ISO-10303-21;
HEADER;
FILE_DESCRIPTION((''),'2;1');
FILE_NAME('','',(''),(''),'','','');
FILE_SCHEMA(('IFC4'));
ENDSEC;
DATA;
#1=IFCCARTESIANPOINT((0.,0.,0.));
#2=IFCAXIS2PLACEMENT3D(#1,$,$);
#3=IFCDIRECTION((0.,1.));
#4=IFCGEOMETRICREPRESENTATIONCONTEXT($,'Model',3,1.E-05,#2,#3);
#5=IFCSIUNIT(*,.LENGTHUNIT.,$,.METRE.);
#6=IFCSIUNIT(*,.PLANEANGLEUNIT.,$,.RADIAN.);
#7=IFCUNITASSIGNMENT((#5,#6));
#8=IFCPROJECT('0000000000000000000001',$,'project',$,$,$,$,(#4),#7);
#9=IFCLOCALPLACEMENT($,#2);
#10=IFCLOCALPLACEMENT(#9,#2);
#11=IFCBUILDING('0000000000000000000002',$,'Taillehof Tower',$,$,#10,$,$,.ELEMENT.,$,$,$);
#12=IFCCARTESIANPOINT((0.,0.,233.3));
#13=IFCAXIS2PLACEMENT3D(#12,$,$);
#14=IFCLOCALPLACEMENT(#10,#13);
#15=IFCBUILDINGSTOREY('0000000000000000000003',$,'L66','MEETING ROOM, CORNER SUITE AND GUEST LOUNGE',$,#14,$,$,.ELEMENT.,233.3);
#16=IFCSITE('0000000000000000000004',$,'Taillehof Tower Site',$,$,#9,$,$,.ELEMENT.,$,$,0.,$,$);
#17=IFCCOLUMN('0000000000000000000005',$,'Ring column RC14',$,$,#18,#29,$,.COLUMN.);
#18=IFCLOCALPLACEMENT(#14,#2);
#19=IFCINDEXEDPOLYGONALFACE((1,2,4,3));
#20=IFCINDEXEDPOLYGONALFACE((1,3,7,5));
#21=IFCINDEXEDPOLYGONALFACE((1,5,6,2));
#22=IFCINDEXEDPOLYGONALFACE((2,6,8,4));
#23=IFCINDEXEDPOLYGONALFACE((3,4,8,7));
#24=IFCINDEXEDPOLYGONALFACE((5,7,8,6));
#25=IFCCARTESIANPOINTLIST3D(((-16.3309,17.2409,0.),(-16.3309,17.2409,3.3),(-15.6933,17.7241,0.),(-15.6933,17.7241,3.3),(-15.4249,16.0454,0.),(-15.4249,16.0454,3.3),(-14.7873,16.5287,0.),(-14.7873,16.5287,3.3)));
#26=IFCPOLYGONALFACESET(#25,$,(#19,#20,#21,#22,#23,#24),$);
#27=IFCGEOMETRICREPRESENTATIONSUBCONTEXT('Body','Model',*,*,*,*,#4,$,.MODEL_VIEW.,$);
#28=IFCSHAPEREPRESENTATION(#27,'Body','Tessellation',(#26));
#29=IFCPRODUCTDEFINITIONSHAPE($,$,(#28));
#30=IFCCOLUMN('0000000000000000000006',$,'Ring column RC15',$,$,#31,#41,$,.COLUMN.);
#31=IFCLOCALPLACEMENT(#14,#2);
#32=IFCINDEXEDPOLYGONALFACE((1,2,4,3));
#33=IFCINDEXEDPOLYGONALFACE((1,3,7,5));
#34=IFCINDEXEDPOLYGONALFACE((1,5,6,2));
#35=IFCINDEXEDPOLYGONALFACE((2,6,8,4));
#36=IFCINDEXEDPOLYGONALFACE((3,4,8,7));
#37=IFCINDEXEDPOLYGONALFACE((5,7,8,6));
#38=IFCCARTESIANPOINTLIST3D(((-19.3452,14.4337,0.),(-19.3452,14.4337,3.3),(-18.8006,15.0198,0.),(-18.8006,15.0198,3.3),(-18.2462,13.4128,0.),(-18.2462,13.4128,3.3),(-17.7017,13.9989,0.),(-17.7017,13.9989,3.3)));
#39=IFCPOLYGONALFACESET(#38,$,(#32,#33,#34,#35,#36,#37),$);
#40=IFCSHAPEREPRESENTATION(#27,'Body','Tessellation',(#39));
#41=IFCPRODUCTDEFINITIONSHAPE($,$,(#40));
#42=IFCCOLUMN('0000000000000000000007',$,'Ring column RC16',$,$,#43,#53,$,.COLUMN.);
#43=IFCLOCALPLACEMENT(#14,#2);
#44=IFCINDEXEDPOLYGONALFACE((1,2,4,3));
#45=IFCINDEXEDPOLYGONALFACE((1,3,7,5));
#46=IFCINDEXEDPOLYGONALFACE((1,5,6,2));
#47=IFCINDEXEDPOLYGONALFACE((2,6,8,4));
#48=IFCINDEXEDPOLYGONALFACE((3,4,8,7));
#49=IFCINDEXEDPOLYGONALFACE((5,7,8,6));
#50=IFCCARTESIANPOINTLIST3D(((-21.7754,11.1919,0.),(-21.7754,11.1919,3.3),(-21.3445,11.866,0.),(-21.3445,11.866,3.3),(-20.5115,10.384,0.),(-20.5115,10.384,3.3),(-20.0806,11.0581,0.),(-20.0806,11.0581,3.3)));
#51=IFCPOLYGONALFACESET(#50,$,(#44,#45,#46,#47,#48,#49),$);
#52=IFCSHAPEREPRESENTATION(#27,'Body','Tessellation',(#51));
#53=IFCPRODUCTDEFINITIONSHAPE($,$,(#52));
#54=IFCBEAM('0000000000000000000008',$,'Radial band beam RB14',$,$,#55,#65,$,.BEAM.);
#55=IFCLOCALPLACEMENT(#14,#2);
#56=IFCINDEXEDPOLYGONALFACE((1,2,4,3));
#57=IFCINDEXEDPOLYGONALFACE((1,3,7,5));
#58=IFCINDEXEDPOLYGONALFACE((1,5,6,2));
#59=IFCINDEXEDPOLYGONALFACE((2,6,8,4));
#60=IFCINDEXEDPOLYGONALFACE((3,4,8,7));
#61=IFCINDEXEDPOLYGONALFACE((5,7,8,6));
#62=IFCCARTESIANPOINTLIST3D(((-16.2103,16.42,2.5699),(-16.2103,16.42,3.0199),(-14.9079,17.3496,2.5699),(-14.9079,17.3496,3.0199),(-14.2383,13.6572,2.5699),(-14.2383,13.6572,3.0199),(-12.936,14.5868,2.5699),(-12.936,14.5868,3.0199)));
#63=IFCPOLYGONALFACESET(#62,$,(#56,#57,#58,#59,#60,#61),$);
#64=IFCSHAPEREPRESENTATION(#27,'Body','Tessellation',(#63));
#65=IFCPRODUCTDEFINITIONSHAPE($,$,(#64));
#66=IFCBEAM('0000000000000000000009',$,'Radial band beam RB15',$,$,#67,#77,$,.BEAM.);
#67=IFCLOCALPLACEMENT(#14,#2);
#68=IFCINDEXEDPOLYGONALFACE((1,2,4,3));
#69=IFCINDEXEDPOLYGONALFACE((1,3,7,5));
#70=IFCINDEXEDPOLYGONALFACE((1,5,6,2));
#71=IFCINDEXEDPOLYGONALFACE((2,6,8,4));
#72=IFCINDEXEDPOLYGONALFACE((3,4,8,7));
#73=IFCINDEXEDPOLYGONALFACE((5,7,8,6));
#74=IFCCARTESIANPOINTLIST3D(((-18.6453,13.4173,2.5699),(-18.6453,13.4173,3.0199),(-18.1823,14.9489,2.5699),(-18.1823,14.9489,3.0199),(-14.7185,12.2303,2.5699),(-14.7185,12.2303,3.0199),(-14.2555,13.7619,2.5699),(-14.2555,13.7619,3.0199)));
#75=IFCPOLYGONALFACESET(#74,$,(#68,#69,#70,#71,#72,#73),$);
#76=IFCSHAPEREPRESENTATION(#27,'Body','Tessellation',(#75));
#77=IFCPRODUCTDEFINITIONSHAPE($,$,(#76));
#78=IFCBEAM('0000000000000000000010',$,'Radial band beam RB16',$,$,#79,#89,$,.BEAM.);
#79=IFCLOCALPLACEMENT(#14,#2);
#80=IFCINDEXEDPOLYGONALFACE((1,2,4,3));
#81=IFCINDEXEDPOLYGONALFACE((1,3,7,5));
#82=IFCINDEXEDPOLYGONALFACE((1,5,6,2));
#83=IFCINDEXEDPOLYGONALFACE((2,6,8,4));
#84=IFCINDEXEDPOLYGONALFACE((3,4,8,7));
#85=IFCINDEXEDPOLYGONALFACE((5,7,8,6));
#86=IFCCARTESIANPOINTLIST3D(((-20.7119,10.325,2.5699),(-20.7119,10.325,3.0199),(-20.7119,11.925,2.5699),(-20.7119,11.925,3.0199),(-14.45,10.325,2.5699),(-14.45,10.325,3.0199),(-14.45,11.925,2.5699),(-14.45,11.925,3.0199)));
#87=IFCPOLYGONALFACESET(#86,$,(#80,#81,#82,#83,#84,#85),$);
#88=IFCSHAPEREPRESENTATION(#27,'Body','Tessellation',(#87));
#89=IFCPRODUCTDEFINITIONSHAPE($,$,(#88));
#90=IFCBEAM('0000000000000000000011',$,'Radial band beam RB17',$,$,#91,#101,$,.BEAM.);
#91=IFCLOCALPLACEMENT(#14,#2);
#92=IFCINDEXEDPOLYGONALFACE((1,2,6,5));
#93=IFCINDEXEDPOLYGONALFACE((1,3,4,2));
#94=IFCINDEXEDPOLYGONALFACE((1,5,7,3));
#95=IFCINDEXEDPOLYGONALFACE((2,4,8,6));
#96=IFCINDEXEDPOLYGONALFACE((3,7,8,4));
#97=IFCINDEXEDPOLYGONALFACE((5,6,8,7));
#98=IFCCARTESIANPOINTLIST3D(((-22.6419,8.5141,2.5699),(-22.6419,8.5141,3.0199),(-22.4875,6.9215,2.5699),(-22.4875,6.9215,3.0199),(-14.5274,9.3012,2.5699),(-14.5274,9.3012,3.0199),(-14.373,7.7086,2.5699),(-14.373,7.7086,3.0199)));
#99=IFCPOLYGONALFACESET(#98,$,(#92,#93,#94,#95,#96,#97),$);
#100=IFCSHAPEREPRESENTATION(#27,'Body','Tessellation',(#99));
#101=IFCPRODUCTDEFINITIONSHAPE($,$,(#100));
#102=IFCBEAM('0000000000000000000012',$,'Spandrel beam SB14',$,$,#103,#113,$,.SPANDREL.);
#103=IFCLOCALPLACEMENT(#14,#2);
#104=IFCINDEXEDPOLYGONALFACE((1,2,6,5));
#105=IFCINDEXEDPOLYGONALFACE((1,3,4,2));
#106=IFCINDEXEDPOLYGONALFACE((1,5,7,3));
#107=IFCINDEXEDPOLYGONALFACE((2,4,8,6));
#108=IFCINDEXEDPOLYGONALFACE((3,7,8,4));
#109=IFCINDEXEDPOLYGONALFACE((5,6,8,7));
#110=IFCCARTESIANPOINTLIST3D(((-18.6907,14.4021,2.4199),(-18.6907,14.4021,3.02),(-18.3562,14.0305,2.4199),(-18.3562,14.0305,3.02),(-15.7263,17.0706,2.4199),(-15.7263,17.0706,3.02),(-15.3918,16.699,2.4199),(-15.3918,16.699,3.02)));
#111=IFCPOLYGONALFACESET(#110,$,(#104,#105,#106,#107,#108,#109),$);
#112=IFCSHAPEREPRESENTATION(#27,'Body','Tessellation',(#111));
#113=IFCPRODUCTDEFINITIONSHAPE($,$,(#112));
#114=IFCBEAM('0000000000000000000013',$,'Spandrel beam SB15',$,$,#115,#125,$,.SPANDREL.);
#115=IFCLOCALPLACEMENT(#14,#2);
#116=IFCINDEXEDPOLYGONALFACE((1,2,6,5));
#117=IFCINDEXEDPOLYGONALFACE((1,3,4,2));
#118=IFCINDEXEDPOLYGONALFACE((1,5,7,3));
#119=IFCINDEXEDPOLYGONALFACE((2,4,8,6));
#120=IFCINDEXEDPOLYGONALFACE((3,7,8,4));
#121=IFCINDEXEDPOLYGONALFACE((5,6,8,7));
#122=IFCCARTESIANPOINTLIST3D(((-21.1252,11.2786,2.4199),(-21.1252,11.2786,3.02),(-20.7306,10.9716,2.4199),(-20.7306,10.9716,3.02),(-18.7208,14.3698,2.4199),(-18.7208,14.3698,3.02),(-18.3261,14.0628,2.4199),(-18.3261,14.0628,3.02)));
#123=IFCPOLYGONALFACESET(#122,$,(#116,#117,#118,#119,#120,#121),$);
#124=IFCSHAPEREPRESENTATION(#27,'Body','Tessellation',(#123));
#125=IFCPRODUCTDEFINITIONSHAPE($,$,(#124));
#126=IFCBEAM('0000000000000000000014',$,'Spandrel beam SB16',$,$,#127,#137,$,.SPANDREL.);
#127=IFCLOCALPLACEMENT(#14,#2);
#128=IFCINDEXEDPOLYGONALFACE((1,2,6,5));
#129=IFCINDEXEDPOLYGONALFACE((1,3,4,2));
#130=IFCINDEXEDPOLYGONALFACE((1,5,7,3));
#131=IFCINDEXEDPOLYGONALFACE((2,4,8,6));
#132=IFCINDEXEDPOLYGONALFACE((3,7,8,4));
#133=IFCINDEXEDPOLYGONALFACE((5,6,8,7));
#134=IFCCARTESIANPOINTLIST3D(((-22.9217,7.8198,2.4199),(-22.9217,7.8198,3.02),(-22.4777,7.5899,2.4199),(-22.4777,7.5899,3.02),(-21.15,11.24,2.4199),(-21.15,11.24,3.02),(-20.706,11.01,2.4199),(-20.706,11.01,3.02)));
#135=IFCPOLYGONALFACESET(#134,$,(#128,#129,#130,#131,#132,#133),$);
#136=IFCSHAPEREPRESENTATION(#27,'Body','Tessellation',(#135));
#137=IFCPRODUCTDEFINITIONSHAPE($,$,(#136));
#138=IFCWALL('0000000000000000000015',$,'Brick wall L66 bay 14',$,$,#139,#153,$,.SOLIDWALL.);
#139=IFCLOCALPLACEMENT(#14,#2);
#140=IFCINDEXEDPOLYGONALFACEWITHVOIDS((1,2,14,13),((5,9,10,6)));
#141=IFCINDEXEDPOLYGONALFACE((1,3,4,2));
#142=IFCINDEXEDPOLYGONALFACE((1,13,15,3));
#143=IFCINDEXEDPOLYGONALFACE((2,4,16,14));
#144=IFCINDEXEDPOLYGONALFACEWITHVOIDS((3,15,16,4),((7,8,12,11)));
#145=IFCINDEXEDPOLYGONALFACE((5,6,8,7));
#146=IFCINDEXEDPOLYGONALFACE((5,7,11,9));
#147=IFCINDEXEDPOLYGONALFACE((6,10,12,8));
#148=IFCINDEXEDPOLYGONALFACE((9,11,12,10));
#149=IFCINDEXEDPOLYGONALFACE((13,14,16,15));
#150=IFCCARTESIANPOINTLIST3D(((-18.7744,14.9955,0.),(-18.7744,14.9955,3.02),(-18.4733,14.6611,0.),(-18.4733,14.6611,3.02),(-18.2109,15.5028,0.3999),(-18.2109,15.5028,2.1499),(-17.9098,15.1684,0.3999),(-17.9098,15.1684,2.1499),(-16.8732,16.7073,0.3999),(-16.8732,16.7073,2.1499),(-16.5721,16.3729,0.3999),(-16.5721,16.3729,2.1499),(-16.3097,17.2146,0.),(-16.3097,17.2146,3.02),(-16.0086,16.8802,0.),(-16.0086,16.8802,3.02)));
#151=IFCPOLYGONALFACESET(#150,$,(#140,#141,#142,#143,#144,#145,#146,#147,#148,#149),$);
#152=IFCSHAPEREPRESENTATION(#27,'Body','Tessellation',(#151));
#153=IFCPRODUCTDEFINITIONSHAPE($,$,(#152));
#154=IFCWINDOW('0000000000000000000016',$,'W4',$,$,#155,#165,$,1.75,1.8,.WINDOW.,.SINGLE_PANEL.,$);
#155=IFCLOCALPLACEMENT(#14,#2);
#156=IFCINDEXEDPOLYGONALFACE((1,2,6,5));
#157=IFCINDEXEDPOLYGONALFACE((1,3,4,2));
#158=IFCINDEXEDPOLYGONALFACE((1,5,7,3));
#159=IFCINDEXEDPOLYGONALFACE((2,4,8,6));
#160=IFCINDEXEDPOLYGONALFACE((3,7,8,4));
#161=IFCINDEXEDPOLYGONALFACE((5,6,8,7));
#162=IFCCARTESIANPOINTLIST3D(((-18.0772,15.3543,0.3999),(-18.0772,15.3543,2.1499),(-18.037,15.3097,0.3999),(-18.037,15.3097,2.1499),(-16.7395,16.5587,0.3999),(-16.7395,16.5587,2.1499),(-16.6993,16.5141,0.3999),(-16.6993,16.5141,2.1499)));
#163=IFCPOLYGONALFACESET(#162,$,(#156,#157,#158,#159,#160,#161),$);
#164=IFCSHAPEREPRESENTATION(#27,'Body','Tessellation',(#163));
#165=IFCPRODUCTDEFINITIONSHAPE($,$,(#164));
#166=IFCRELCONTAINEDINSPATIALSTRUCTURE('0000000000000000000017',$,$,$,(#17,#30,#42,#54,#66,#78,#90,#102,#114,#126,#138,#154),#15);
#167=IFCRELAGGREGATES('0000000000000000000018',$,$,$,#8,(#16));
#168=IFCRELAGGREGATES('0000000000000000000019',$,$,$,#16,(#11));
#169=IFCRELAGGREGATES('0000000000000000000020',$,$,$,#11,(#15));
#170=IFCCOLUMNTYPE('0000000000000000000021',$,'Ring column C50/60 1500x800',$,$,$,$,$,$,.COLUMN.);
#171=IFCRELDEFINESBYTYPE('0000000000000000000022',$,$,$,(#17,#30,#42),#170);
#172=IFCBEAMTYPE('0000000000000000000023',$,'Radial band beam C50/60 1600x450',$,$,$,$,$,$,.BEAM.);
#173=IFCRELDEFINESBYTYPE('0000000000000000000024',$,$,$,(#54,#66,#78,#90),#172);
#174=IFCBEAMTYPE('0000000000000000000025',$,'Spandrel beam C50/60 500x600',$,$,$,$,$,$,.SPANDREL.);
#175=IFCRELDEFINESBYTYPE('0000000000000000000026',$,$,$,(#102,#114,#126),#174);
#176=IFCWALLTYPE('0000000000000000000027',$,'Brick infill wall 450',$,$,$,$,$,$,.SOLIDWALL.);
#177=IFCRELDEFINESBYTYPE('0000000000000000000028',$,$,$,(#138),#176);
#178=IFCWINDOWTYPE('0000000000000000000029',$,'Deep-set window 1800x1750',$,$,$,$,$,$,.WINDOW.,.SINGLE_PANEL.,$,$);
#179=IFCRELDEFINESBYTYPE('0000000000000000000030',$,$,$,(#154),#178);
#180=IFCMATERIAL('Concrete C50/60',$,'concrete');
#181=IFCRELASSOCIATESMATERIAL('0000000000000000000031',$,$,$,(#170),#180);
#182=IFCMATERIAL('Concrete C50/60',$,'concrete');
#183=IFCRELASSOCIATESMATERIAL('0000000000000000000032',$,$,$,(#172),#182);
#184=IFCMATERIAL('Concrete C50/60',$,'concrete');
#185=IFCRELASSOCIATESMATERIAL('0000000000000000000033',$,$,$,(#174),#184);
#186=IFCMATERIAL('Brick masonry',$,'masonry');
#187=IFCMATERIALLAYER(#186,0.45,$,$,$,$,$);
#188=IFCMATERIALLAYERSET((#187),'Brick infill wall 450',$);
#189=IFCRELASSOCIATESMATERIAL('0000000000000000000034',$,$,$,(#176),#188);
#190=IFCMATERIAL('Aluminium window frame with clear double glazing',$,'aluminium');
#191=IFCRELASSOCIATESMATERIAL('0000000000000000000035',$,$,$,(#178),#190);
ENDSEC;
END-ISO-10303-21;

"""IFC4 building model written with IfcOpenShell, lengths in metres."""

from ifc_helpers import new_model, si_unit, direction, frame, frame_2d, origin, origin_2d, place, context, subcontext, project, spatial, rectangle, extrude, material, layer, layer_set, material_profile, profile_set, type_object, element, fill, save


model = new_model("IFC4")

# Units and contexts
model_context = context("Model", 3, precision=1e-05, world=origin(), true_north=direction((0.0, 1.0)))
body_context = subcontext(model_context, "Body", "Model", "MODEL_VIEW")
ifc_project = project(units=[si_unit("LENGTHUNIT", "METRE"), si_unit("PLANEANGLEUNIT", "RADIAN")], contexts=[model_context])

# Site, building, storey
site_placement = place(None, origin())
site = spatial("IfcSite", under=ifc_project, at=site_placement, Name="Taillehof Tower Site", CompositionType="ELEMENT", RefElevation=0.0)
building_placement = place(site_placement, origin())
building = spatial("IfcBuilding", under=site, at=building_placement, Name="Taillehof Tower", CompositionType="ELEMENT")
storey_placement = place(building_placement, frame((0.0, 0.0, 233.3)))
storey = spatial("IfcBuildingStorey", under=building, at=storey_placement, Name="L66", Description="MEETING ROOM, CORNER SUITE AND GUEST LOUNGE", CompositionType="ELEMENT", Elevation=233.3)

# Columns
ifc_material_1 = material(Name="Concrete C50/60", Category="concrete")
ifc_material_profile_1 = material_profile(ifc_material_1, rectangle(XDim=1.5, YDim=0.8, at=origin_2d()), Name="RC 1500x800")
ifc_profile_set_1 = profile_set([ifc_material_profile_1], Name="Concrete C50/60")
column_type = type_object("IfcColumnType", Name="Ring column C50/60 1500x800", PredefinedType="COLUMN", material=ifc_profile_set_1)
for number, where, z_axis, x_axis, name in (
    (1, (-15.5591, 16.8848, 0.0), (0.0, 0.0, 1.0), (-0.60402, 0.796969, 0.0), "Ring column RC14"),
    (2, (-18.5234, 14.2163, 0.0), (0.0, 0.0, 1.0), (-0.732636, 0.680621, 0.0), "Ring column RC15"),
    (3, (-20.928, 11.125, 0.0), (0.0, 0.0, 1.0), (-0.842574, 0.538581, 0.0), "Ring column RC16"),
):
    element("IfcColumn", number, at=place(storey_placement, frame(where, z_axis=z_axis, x_axis=x_axis)), inside=storey, type_object=column_type, Name=name, PredefinedType="COLUMN", context=body_context, shape_type="SweptSolid", body=[
        extrude(rectangle(XDim=1.5, YDim=0.8, at=origin_2d()), origin(), (0.0, 0.0, 1.0), 3.3),
    ])

# Beams
ifc_material_2 = material(Name="Concrete C50/60", Category="concrete")
ifc_material_profile_2 = material_profile(ifc_material_2, rectangle(XDim=1.6001, YDim=0.45, at=origin_2d()), Name="RC 1600x450")
ifc_profile_set_2 = profile_set([ifc_material_profile_2], Name="Concrete C50/60")
beam_type_1 = type_object("IfcBeamType", Name="Radial band beam C50/60 1600x450", PredefinedType="BEAM", material=ifc_profile_set_2)
beam_1_placement = place(storey_placement, frame((-15.5591, 16.8848, 2.7949), z_axis=(0.580959, -0.813933, 0.0), x_axis=(0.813933, 0.580959, 0.0)))
element("IfcBeam", 4, at=beam_1_placement, inside=storey, type_object=beam_type_1, Name="Radial band beam RB14", PredefinedType="BEAM", context=body_context, shape_type="SweptSolid", body=[
    extrude(rectangle(XDim=1.6001, YDim=0.45, at=origin_2d()), origin(), (0.0, 0.0, 1.0), 3.3943),
])
beam_2_placement = place(storey_placement, frame((-18.4138, 14.1831, 2.7949), z_axis=(0.957221, -0.289357, 0.0), x_axis=(0.289357, 0.957221, 0.0)))
element("IfcBeam", 5, at=beam_2_placement, inside=storey, type_object=beam_type_1, Name="Radial band beam RB15", PredefinedType="BEAM", context=body_context, shape_type="SweptSolid", body=[
    extrude(rectangle(XDim=1.6001, YDim=0.45, at=origin_2d()), origin(), (0.0, 0.0, 1.0), 4.1023),
])
beam_3_placement = place(storey_placement, frame((-20.7119, 11.125, 2.7949), z_axis=(1.0, 0.0, 0.0), x_axis=(0.0, 1.0, 0.0)))
element("IfcBeam", 6, at=beam_3_placement, inside=storey, type_object=beam_type_1, Name="Radial band beam RB16", PredefinedType="BEAM", context=body_context, shape_type="SweptSolid", body=[
    extrude(rectangle(XDim=1.6001, YDim=0.45, at=origin_2d()), origin(), (0.0, 0.0, 1.0), 6.262),
])
beam_4_placement = place(storey_placement, frame((-22.5647, 7.7178, 2.7949), z_axis=(0.995328, 0.096547, 0.0), x_axis=(-0.096547, 0.995328, 0.0)))
element("IfcBeam", 7, at=beam_4_placement, inside=storey, type_object=beam_type_1, Name="Radial band beam RB17", PredefinedType="BEAM", context=body_context, shape_type="SweptSolid", body=[
    extrude(rectangle(XDim=1.6001, YDim=0.45, at=origin_2d()), origin(), (0.0, 0.0, 1.0), 8.1526),
])
ifc_material_3 = material(Name="Concrete C50/60", Category="concrete")
ifc_material_profile_3 = material_profile(ifc_material_3, rectangle(XDim=0.5, YDim=0.6001, at=origin_2d()), Name="RC 500x600")
ifc_profile_set_3 = profile_set([ifc_material_profile_3], Name="Concrete C50/60")
beam_type_2 = type_object("IfcBeamType", Name="Spandrel beam C50/60 500x600", PredefinedType="SPANDREL", material=ifc_profile_set_3)
beam_5_placement = place(storey_placement, frame((-15.5591, 16.8848, 2.72), z_axis=(-0.743227, -0.669039, 0.0), x_axis=(0.669039, -0.743227, 0.0)))
element("IfcBeam", 8, at=beam_5_placement, inside=storey, type_object=beam_type_2, Name="Spandrel beam SB14", PredefinedType="SPANDREL", context=body_context, shape_type="SweptSolid", body=[
    extrude(rectangle(XDim=0.5, YDim=0.6001, at=origin_2d()), origin(), (0.0, 0.0, 1.0), 3.9885),
])
beam_6_placement = place(storey_placement, frame((-18.5234, 14.2163, 2.72), z_axis=(-0.613971, -0.789329, 0.0), x_axis=(0.789329, -0.613971, 0.0)))
element("IfcBeam", 9, at=beam_6_placement, inside=storey, type_object=beam_type_2, Name="Spandrel beam SB15", PredefinedType="SPANDREL", context=body_context, shape_type="SweptSolid", body=[
    extrude(rectangle(XDim=0.5, YDim=0.6001, at=origin_2d()), origin(), (0.0, 0.0, 1.0), 3.9163),
])
beam_7_placement = place(storey_placement, frame((-20.928, 11.125, 2.72), z_axis=(-0.459971, -0.887934, 0.0), x_axis=(0.887934, -0.459971, 0.0)))
element("IfcBeam", 10, at=beam_7_placement, inside=storey, type_object=beam_type_2, Name="Spandrel beam SB16", PredefinedType="SPANDREL", context=body_context, shape_type="SweptSolid", body=[
    extrude(rectangle(XDim=0.5, YDim=0.6001, at=origin_2d()), origin(), (0.0, 0.0, 1.0), 3.8518),
])

# Wall, opening, window
ifc_material_4 = material(Name="Brick masonry", Category="masonry")
ifc_layer_1 = layer(ifc_material_4, 0.45)
ifc_layer_set_1 = layer_set([ifc_layer_1], Name="Brick infill wall 450")
wall_type_1 = type_object("IfcWallType", Name="Brick infill wall 450", PredefinedType="SOLIDWALL", material=ifc_layer_set_1)
wall_1_placement = place(storey_placement, frame((-16.1592, 17.0474, 0.0), z_axis=(0.0, 0.0, 1.0), x_axis=(-0.743166, -0.669107, 0.0)))
wall_1 = element("IfcWall", 11, at=wall_1_placement, inside=storey, type_object=wall_type_1, Name="Brick wall L66 bay 14", PredefinedType="SOLIDWALL", context=body_context, shape_type="SweptSolid", body=[
    extrude(rectangle(XDim=3.3164, YDim=0.45, at=frame_2d((1.6582, 0.0))), origin(), (0.0, 0.0, 1.0), 3.02),
])
opening_1_placement = place(wall_1_placement, frame((0.7583, 0.0, 0.3999)))
opening_1 = element("IfcOpeningElement", 12, at=opening_1_placement, cuts=wall_1, PredefinedType="OPENING", context=body_context, shape_type="SweptSolid", body=[
    extrude(rectangle(XDim=1.8, YDim=1.75, at=frame_2d((0.8999, 0.875))), frame((0.0, 0.2349, 0.0), z_axis=(0.0, -1.0, 0.0), x_axis=(1.0, 0.0, 0.0)), (0.0, 0.0, 1.0), 0.47),
])
ifc_material_5 = material(Name="Aluminium window frame with clear double glazing", Category="aluminium")
window_type = type_object("IfcWindowType", Name="Deep-set window 1800x1750", PartitioningType="SINGLE_PANEL", PredefinedType="WINDOW", material=ifc_material_5)
window_1_placement = place(opening_1_placement, origin())
window_1 = element("IfcWindow", 13, at=window_1_placement, inside=storey, type_object=window_type, Name="W4", OverallHeight=1.75, OverallWidth=1.8, PartitioningType="SINGLE_PANEL", PredefinedType="WINDOW", context=body_context, shape_type="SweptSolid", body=[
    extrude(rectangle(XDim=1.8, YDim=1.75, at=frame_2d((0.8999, 0.875))), frame((0.0, 0.0349, 0.0), z_axis=(0.0, -1.0, 0.0), x_axis=(1.0, 0.0, 0.0)), (0.0, 0.0, 1.0), 0.0601),
])
fill(opening_1, window_1)

save(model, "model.ifc")
